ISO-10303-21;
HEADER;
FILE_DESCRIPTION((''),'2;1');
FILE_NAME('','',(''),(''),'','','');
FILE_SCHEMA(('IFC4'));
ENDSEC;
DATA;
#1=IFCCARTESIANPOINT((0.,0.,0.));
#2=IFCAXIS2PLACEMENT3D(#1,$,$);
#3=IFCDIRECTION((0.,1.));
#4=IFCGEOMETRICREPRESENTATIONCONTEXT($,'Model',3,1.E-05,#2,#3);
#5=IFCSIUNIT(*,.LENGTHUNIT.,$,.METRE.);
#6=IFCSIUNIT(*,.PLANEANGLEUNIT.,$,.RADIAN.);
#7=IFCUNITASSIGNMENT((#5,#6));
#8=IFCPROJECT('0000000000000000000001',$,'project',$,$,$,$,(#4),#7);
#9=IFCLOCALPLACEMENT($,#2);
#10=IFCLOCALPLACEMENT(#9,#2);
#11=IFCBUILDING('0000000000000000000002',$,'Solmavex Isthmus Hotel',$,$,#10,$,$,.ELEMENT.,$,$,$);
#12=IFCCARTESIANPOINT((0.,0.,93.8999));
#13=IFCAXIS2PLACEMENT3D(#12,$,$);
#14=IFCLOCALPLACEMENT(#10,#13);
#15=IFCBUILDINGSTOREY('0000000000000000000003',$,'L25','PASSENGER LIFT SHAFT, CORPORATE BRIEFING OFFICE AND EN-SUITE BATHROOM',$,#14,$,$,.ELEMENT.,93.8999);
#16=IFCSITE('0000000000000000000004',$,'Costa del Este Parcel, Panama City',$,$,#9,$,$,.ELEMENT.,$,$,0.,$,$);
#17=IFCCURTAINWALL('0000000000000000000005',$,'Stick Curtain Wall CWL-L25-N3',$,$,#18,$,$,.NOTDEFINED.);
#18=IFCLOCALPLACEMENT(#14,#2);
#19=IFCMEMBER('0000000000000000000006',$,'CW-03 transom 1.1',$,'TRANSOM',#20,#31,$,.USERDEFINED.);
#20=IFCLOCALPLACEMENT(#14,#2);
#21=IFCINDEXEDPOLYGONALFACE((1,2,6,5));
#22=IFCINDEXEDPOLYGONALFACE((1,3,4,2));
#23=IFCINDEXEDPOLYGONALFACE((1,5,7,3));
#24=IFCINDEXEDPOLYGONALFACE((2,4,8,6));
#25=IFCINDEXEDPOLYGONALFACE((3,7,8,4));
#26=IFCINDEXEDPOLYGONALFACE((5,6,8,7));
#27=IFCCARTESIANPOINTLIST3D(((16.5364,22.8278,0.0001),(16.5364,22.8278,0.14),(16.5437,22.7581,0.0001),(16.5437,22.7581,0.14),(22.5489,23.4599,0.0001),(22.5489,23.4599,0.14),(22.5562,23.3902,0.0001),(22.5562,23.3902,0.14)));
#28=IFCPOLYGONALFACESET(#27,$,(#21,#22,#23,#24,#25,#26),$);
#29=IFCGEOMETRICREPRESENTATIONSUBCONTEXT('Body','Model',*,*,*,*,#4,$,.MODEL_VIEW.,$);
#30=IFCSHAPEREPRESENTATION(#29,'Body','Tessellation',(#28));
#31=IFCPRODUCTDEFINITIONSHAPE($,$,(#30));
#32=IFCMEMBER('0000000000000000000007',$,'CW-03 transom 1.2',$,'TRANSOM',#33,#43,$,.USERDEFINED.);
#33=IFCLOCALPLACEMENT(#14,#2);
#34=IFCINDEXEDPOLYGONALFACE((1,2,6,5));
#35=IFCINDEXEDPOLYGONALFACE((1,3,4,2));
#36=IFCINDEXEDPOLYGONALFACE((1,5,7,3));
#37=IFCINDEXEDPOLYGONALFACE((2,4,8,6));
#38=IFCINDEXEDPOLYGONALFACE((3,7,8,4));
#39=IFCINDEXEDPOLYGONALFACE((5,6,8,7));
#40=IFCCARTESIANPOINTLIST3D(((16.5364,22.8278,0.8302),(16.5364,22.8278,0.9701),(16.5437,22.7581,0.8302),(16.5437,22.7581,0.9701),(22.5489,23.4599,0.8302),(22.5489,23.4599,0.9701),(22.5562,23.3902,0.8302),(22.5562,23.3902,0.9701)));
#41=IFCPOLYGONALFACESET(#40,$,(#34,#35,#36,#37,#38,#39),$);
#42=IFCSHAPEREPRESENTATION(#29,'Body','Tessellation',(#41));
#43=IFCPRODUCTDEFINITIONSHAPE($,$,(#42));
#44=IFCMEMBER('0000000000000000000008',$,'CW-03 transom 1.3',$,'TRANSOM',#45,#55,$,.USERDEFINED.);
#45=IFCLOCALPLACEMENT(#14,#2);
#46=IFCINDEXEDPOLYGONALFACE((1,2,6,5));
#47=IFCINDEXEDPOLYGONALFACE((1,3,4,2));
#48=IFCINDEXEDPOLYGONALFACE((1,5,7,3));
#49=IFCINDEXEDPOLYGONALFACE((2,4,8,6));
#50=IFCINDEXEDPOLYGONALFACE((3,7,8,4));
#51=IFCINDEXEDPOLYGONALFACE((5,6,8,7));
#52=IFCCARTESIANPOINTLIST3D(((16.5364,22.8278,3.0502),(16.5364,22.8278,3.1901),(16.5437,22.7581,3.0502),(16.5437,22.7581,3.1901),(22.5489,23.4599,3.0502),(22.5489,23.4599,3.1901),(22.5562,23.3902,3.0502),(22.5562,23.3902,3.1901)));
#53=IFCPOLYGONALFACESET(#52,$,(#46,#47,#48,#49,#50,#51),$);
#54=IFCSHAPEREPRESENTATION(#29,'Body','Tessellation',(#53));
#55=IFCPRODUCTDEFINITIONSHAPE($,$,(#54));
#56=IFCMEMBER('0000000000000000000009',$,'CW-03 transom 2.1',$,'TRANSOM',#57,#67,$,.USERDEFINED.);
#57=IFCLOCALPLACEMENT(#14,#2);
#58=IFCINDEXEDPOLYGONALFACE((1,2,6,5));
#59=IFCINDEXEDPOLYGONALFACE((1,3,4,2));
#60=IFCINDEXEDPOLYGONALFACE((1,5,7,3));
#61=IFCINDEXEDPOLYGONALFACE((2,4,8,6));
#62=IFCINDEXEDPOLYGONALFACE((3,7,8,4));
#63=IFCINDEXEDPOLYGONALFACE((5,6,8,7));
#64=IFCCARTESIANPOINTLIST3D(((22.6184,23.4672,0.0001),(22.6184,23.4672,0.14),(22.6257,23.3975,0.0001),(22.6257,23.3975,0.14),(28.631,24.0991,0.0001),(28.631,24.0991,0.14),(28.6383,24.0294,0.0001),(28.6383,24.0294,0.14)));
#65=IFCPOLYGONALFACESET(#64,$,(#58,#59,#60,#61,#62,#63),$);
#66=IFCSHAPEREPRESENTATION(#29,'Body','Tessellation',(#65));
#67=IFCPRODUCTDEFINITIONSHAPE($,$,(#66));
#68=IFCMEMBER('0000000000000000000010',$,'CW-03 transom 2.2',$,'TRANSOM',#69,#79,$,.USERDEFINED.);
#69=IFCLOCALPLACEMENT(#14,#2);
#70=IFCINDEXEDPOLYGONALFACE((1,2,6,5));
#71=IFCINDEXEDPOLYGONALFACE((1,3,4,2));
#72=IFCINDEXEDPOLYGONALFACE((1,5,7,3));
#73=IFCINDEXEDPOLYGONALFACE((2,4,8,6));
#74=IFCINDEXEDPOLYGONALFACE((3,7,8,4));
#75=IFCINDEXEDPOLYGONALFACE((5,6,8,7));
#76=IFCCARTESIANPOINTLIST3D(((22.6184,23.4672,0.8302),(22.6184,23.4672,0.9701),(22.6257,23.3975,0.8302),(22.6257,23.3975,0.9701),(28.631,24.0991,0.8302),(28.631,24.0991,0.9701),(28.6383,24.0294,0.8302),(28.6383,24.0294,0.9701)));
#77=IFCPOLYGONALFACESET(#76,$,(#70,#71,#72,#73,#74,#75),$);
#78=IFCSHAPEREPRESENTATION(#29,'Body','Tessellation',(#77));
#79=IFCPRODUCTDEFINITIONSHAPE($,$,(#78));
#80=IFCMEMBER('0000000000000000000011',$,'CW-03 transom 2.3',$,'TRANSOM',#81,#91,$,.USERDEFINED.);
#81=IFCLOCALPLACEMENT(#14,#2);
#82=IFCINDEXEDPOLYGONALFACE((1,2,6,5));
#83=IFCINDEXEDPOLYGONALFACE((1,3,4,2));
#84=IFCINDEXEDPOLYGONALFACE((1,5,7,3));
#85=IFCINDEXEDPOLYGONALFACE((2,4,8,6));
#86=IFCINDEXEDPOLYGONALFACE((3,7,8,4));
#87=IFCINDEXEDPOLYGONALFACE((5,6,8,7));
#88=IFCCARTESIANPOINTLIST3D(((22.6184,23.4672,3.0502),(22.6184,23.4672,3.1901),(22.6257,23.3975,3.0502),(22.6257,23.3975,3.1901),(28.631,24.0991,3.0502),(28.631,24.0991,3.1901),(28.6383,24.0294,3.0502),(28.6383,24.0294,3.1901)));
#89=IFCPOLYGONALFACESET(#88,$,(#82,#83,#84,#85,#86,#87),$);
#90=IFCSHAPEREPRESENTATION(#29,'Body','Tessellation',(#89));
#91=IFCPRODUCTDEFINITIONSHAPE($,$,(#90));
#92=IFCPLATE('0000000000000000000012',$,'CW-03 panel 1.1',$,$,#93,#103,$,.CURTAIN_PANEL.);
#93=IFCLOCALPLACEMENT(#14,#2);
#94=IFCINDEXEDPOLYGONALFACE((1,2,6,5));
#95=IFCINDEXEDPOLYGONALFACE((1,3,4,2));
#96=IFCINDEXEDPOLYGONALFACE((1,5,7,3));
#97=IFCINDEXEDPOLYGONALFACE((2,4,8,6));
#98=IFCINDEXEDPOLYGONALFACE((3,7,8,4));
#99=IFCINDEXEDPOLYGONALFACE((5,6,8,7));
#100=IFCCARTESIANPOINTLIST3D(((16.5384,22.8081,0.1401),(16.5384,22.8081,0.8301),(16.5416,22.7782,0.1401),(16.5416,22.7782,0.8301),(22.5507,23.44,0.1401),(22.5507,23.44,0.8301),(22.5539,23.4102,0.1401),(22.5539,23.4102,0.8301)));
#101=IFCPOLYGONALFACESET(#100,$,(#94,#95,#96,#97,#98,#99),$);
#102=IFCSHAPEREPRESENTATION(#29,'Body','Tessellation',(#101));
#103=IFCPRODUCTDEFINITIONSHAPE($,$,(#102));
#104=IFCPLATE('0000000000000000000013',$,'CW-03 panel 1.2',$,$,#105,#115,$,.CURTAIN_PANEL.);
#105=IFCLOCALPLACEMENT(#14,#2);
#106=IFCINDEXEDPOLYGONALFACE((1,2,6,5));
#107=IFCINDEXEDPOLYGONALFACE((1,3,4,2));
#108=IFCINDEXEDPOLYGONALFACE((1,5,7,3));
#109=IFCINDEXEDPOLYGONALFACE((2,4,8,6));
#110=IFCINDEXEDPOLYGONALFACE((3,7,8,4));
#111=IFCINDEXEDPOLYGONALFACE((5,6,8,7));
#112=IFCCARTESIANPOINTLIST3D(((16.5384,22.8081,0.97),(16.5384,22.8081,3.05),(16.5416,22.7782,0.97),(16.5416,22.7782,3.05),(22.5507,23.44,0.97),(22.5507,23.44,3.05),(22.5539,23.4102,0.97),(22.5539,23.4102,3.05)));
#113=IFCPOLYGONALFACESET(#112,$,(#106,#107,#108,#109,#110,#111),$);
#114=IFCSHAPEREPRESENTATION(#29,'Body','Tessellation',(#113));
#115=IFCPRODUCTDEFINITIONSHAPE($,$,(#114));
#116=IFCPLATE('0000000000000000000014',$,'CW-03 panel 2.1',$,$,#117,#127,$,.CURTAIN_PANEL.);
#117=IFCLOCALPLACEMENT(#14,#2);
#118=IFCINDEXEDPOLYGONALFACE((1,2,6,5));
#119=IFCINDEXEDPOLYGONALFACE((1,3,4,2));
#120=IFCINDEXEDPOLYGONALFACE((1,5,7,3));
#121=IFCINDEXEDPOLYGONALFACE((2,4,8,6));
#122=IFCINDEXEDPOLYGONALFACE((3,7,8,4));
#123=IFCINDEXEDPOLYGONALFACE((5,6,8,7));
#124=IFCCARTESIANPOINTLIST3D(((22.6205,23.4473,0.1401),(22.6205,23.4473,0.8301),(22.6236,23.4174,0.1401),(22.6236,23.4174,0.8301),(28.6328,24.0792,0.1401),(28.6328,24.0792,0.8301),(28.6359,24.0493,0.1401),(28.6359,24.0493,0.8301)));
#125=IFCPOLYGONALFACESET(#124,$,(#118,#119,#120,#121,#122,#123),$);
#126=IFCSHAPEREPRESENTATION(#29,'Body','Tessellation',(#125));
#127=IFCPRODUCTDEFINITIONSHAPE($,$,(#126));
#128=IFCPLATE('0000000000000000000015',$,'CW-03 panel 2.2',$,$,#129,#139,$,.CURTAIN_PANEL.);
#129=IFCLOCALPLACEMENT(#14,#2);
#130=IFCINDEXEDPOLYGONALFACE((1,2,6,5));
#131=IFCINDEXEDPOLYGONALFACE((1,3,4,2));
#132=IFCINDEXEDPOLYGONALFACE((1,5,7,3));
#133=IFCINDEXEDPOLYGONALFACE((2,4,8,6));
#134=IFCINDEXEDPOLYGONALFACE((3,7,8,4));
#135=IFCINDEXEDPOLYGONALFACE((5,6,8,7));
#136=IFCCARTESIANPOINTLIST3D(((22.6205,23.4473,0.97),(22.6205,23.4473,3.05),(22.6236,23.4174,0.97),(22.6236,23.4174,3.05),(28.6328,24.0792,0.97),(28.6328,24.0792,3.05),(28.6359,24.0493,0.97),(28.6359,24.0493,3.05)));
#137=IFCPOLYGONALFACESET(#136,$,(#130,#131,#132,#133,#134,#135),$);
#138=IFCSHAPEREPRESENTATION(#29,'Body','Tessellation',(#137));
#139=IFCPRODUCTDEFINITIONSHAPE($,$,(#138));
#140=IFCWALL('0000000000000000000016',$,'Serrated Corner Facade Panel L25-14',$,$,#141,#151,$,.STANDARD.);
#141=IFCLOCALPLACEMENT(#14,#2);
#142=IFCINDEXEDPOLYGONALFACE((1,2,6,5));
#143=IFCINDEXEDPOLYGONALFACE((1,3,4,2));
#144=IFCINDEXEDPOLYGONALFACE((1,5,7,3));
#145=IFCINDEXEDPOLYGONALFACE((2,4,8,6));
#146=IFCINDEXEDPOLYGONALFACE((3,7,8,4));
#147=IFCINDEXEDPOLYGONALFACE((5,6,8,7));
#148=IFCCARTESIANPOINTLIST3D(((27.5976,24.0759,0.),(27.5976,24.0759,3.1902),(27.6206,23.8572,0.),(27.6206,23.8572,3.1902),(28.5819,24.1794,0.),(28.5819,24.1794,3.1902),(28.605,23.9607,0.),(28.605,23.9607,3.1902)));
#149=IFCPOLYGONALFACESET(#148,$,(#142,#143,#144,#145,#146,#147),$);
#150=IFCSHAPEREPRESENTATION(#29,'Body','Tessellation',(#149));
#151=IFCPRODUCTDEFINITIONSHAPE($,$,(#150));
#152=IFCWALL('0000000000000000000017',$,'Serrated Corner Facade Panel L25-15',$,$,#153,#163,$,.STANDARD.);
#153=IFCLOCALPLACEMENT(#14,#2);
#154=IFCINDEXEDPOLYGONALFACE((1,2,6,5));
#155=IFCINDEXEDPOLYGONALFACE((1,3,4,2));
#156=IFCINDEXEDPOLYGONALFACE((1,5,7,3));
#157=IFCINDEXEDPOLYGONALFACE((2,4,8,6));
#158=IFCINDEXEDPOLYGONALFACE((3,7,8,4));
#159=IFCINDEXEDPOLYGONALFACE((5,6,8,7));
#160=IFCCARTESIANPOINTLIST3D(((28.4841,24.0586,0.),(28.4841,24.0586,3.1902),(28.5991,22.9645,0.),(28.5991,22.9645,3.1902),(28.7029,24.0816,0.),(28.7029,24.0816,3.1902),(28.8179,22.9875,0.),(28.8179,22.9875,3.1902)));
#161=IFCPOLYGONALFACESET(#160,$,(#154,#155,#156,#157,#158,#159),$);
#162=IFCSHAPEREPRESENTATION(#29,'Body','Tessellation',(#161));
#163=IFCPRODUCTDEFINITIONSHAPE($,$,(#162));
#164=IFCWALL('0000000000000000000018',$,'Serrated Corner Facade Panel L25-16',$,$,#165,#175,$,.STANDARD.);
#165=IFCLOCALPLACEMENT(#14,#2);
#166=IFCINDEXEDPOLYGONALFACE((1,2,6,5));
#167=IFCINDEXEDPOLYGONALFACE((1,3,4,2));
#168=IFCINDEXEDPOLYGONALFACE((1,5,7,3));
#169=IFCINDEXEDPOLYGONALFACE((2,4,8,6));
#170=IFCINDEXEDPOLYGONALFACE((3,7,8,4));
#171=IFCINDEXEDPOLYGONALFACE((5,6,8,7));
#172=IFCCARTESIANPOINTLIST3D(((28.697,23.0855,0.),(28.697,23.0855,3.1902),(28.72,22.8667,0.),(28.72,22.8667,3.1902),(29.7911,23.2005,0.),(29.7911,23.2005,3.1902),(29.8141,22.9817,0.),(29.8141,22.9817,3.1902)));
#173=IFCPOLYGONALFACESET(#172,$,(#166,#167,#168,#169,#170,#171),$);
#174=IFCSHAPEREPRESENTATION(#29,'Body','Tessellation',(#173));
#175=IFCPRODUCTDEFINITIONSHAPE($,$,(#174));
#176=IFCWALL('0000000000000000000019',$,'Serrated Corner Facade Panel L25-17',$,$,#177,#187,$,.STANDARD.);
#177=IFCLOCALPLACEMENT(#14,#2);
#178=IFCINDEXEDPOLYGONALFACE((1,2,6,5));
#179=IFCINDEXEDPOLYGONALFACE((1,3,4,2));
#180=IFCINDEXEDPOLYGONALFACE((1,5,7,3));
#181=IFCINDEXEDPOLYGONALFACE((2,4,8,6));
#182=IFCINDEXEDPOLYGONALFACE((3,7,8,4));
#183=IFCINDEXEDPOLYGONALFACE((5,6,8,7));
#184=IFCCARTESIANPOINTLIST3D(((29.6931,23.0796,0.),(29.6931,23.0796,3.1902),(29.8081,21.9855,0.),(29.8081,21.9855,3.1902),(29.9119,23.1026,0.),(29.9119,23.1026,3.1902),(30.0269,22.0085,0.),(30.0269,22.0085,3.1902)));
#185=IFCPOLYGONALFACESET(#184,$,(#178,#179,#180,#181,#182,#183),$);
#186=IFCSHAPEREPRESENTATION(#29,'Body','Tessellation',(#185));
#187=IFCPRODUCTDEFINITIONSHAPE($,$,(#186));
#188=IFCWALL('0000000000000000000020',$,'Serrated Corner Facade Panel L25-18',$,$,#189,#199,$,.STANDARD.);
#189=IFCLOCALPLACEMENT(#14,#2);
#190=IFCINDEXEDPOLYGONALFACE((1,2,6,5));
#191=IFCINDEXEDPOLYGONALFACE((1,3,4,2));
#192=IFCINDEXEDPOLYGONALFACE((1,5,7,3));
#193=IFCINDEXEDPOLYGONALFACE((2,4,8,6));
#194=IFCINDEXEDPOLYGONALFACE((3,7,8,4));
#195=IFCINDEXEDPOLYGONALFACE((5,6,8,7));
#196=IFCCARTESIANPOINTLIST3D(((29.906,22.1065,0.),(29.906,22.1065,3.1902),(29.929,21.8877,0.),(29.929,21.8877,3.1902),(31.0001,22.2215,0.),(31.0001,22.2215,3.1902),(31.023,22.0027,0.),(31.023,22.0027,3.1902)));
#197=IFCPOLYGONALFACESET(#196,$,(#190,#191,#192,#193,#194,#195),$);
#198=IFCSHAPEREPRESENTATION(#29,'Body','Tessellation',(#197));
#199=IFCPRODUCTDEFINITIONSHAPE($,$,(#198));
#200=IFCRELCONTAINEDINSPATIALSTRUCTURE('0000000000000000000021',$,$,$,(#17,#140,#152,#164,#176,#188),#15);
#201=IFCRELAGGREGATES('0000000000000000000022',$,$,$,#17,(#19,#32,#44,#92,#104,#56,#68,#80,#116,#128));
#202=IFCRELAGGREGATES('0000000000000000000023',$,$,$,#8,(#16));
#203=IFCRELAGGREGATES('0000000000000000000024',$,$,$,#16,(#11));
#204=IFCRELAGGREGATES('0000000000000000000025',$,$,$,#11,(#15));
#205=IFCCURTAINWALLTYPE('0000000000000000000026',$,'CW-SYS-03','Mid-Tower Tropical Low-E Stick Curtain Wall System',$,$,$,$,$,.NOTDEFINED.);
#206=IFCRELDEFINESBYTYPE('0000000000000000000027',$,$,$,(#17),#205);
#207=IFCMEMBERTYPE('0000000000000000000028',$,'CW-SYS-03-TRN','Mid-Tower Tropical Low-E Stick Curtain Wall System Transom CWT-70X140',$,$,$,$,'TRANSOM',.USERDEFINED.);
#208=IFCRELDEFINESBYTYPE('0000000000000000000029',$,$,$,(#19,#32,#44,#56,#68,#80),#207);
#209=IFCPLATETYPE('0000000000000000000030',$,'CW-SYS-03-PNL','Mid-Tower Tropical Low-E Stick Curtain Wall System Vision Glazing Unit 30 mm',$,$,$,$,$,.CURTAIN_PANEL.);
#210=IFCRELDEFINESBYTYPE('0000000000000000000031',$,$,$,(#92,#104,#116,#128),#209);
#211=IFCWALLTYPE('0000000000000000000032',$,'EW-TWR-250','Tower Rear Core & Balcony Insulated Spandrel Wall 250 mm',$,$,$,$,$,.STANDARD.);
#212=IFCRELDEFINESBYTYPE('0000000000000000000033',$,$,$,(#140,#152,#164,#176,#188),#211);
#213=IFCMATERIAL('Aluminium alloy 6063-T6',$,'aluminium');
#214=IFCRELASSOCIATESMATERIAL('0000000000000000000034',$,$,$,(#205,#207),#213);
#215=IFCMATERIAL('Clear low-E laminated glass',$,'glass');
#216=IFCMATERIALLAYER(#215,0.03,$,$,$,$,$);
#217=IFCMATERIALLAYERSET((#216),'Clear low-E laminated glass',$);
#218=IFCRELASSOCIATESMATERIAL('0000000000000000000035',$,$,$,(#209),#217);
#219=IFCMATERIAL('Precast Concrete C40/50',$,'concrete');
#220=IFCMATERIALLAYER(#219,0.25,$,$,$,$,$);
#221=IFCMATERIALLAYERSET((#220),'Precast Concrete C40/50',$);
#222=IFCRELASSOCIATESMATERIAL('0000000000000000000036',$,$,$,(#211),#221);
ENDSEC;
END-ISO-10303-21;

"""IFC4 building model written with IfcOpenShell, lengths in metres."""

from ifc_helpers import new_model, si_unit, direction, frame, frame_2d, origin, origin_2d, place, context, subcontext, project, spatial, rectangle, extrude, material, layer, layer_set, material_profile, profile_set, type_object, element, aggregate, save


model = new_model("IFC4")

# Units and contexts
model_context = context("Model", 3, precision=1e-05, world=origin(), true_north=direction((0.0, 1.0)))
body_context = subcontext(model_context, "Body", "Model", "MODEL_VIEW")
ifc_project = project(units=[si_unit("LENGTHUNIT", "METRE"), si_unit("PLANEANGLEUNIT", "RADIAN")], contexts=[model_context])

# Site, building, storey
site_placement = place(None, origin())
site = spatial("IfcSite", under=ifc_project, at=site_placement, Name="Costa del Este Parcel, Panama City", CompositionType="ELEMENT", RefElevation=0.0)
building_placement = place(site_placement, origin())
building = spatial("IfcBuilding", under=site, at=building_placement, Name="Solmavex Isthmus Hotel", CompositionType="ELEMENT")
storey_placement = place(building_placement, frame((0.0, 0.0, 93.8999)))
storey = spatial("IfcBuildingStorey", under=building, at=storey_placement, Name="L25", Description="PASSENGER LIFT SHAFT, CORPORATE BRIEFING OFFICE AND EN-SUITE BATHROOM", CompositionType="ELEMENT", Elevation=93.8999)

# Curtain wall
ifc_material_1 = material(Name="Aluminium alloy 6063-T6", Category="aluminium")
curtain_wall_type = type_object("IfcCurtainWallType", Name="CW-SYS-03", Description="Mid-Tower Tropical Low-E Stick Curtain Wall System", PredefinedType="NOTDEFINED", material=ifc_material_1)
curtain_wall_1_placement = place(storey_placement, origin())
curtain_wall_1 = element("IfcCurtainWall", 1, at=curtain_wall_1_placement, inside=storey, type_object=curtain_wall_type, Name="Stick Curtain Wall CWL-L25-N3", PredefinedType="NOTDEFINED")

# Members
ifc_material_profile_1 = material_profile(ifc_material_1, rectangle(XDim=0.0701, YDim=0.1399, at=origin_2d()), Name="CWT-70X140")
ifc_profile_set_1 = profile_set([ifc_material_profile_1], Name="Aluminium alloy 6063-T6")
member_type_1 = type_object("IfcMemberType", Name="CW-SYS-03-TRN", Description="Mid-Tower Tropical Low-E Stick Curtain Wall System Transom CWT-70X140", ElementType="TRANSOM", PredefinedType="USERDEFINED", material=ifc_profile_set_1)
member_1_placement = place(storey_placement, frame((16.54, 22.793, 0.0701), z_axis=(0.994519, 0.104552, 0.0), x_axis=(-0.104552, 0.994519, 0.0)))
member_1 = element("IfcMember", 2, at=member_1_placement, type_object=member_type_1, Name="CW-03 transom 1.1", ObjectType="TRANSOM", PredefinedType="USERDEFINED", context=body_context, shape_type="SweptSolid", body=[
    extrude(rectangle(XDim=0.0701, YDim=0.1399, at=origin_2d()), origin(), (0.0, 0.0, 1.0), 6.0457),
])
member_2_placement = place(storey_placement, frame((16.54, 22.793, 0.9001), z_axis=(0.994519, 0.104552, 0.0), x_axis=(-0.104552, 0.994519, 0.0)))
member_2 = element("IfcMember", 3, at=member_2_placement, type_object=member_type_1, Name="CW-03 transom 1.2", ObjectType="TRANSOM", PredefinedType="USERDEFINED", context=body_context, shape_type="SweptSolid", body=[
    extrude(rectangle(XDim=0.0701, YDim=0.1399, at=origin_2d()), origin(), (0.0, 0.0, 1.0), 6.0457),
])
member_3_placement = place(storey_placement, frame((16.54, 22.793, 3.1201), z_axis=(0.994519, 0.104552, 0.0), x_axis=(-0.104552, 0.994519, 0.0)))
member_3 = element("IfcMember", 4, at=member_3_placement, type_object=member_type_1, Name="CW-03 transom 1.3", ObjectType="TRANSOM", PredefinedType="USERDEFINED", context=body_context, shape_type="SweptSolid", body=[
    extrude(rectangle(XDim=0.0701, YDim=0.1399, at=origin_2d()), origin(), (0.0, 0.0, 1.0), 6.0457),
])
member_4_placement = place(storey_placement, frame((22.6221, 23.4324, 0.0701), z_axis=(0.994524, 0.104512, 0.0), x_axis=(-0.104512, 0.994524, 0.0)))
member_4 = element("IfcMember", 5, at=member_4_placement, type_object=member_type_1, Name="CW-03 transom 2.1", ObjectType="TRANSOM", PredefinedType="USERDEFINED", context=body_context, shape_type="SweptSolid", body=[
    extrude(rectangle(XDim=0.0701, YDim=0.1399, at=origin_2d()), origin(), (0.0, 0.0, 1.0), 6.0457),
])
member_5_placement = place(storey_placement, frame((22.6221, 23.4324, 0.9001), z_axis=(0.994524, 0.104512, 0.0), x_axis=(-0.104512, 0.994524, 0.0)))
member_5 = element("IfcMember", 6, at=member_5_placement, type_object=member_type_1, Name="CW-03 transom 2.2", ObjectType="TRANSOM", PredefinedType="USERDEFINED", context=body_context, shape_type="SweptSolid", body=[
    extrude(rectangle(XDim=0.0701, YDim=0.1399, at=origin_2d()), origin(), (0.0, 0.0, 1.0), 6.0457),
])
member_6_placement = place(storey_placement, frame((22.6221, 23.4324, 3.1201), z_axis=(0.994524, 0.104512, 0.0), x_axis=(-0.104512, 0.994524, 0.0)))
member_6 = element("IfcMember", 7, at=member_6_placement, type_object=member_type_1, Name="CW-03 transom 2.3", ObjectType="TRANSOM", PredefinedType="USERDEFINED", context=body_context, shape_type="SweptSolid", body=[
    extrude(rectangle(XDim=0.0701, YDim=0.1399, at=origin_2d()), origin(), (0.0, 0.0, 1.0), 6.0457),
])

# Plates
ifc_material_2 = material(Name="Clear low-E laminated glass", Category="glass")
ifc_layer_1 = layer(ifc_material_2, 0.03)
ifc_layer_set_1 = layer_set([ifc_layer_1], Name="Clear low-E laminated glass")
plate_type = type_object("IfcPlateType", Name="CW-SYS-03-PNL", Description="Mid-Tower Tropical Low-E Stick Curtain Wall System Vision Glazing Unit 30 mm", PredefinedType="CURTAIN_PANEL", material=ifc_layer_set_1)
plate_1_placement = place(storey_placement, frame((19.5461, 23.1091, 0.1401), z_axis=(0.0, 0.0, 1.0), x_axis=(0.994522, 0.104528, 0.0)))
plate_1 = element("IfcPlate", 8, at=plate_1_placement, type_object=plate_type, Name="CW-03 panel 1.1", PredefinedType="CURTAIN_PANEL", context=body_context, shape_type="SweptSolid", body=[
    extrude(rectangle(XDim=6.0454, YDim=0.03, at=origin_2d()), origin(), (0.0, 0.0, 1.0), 0.6899),
])
plate_2_placement = place(storey_placement, frame((19.5461, 23.1091, 0.97), z_axis=(0.0, 0.0, 1.0), x_axis=(0.994522, 0.104528, 0.0)))
plate_2 = element("IfcPlate", 9, at=plate_2_placement, type_object=plate_type, Name="CW-03 panel 1.2", PredefinedType="CURTAIN_PANEL", context=body_context, shape_type="SweptSolid", body=[
    extrude(rectangle(XDim=6.0454, YDim=0.03, at=origin_2d()), origin(), (0.0, 0.0, 1.0), 2.0801),
])
plate_3_placement = place(storey_placement, frame((25.6282, 23.7483, 0.1401), z_axis=(0.0, 0.0, 1.0), x_axis=(0.994522, 0.104528, 0.0)))
plate_3 = element("IfcPlate", 10, at=plate_3_placement, type_object=plate_type, Name="CW-03 panel 2.1", PredefinedType="CURTAIN_PANEL", context=body_context, shape_type="SweptSolid", body=[
    extrude(rectangle(XDim=6.0454, YDim=0.03, at=origin_2d()), origin(), (0.0, 0.0, 1.0), 0.6899),
])
plate_4_placement = place(storey_placement, frame((25.6282, 23.7483, 0.97), z_axis=(0.0, 0.0, 1.0), x_axis=(0.994522, 0.104528, 0.0)))
plate_4 = element("IfcPlate", 11, at=plate_4_placement, type_object=plate_type, Name="CW-03 panel 2.2", PredefinedType="CURTAIN_PANEL", context=body_context, shape_type="SweptSolid", body=[
    extrude(rectangle(XDim=6.0454, YDim=0.03, at=origin_2d()), origin(), (0.0, 0.0, 1.0), 2.0801),
])
aggregate(curtain_wall_1, [member_1, member_2, member_3, plate_1, plate_2, member_4, member_5, member_6, plate_3, plate_4])

# Walls
ifc_material_3 = material(Name="Precast Concrete C40/50", Category="concrete")
ifc_layer_2 = layer(ifc_material_3, 0.25)
ifc_layer_set_2 = layer_set([ifc_layer_2], Name="Precast Concrete C40/50")
wall_type_1 = type_object("IfcWallType", Name="EW-TWR-250", Description="Tower Rear Core & Balcony Insulated Spandrel Wall 250 mm", PredefinedType="STANDARD", material=ifc_layer_set_2)
wall_1_placement = place(storey_placement, frame((27.6091, 23.9666, 0.0), z_axis=(0.0, 0.0, 1.0), x_axis=(0.994516, 0.104582, 0.0)))
element("IfcWall", 12, at=wall_1_placement, inside=storey, type_object=wall_type_1, Name="Serrated Corner Facade Panel L25-14", PredefinedType="STANDARD", context=body_context, shape_type="SweptSolid", body=[
    extrude(rectangle(XDim=0.9897, YDim=0.22, at=frame_2d((0.4949, 0.0))), origin(), (0.0, 0.0, 1.0), 3.1902),
])
for number, where, z_axis, x_axis, name in (
    (13, (28.5935, 24.0701, 0.0), (0.0, 0.0, 1.0), (0.104535, -0.994521, 0.0), "Serrated Corner Facade Panel L25-15"),
    (14, (28.7085, 22.9761, 0.0), (0.0, 0.0, 1.0), (0.994521, 0.104535, 0.0), "Serrated Corner Facade Panel L25-16"),
    (15, (29.8025, 23.0911, 0.0), (0.0, 0.0, 1.0), (0.104535, -0.994521, 0.0), "Serrated Corner Facade Panel L25-17"),
    (16, (29.9175, 21.9971, 0.0), (0.0, 0.0, 1.0), (0.994521, 0.104535, 0.0), "Serrated Corner Facade Panel L25-18"),
):
    element("IfcWall", number, at=place(storey_placement, frame(where, z_axis=z_axis, x_axis=x_axis)), inside=storey, type_object=wall_type_1, Name=name, PredefinedType="STANDARD", context=body_context, shape_type="SweptSolid", body=[
        extrude(rectangle(XDim=1.1001, YDim=0.22, at=frame_2d((0.55, 0.0))), origin(), (0.0, 0.0, 1.0), 3.1902),
    ])

save(model, "model.ifc")
